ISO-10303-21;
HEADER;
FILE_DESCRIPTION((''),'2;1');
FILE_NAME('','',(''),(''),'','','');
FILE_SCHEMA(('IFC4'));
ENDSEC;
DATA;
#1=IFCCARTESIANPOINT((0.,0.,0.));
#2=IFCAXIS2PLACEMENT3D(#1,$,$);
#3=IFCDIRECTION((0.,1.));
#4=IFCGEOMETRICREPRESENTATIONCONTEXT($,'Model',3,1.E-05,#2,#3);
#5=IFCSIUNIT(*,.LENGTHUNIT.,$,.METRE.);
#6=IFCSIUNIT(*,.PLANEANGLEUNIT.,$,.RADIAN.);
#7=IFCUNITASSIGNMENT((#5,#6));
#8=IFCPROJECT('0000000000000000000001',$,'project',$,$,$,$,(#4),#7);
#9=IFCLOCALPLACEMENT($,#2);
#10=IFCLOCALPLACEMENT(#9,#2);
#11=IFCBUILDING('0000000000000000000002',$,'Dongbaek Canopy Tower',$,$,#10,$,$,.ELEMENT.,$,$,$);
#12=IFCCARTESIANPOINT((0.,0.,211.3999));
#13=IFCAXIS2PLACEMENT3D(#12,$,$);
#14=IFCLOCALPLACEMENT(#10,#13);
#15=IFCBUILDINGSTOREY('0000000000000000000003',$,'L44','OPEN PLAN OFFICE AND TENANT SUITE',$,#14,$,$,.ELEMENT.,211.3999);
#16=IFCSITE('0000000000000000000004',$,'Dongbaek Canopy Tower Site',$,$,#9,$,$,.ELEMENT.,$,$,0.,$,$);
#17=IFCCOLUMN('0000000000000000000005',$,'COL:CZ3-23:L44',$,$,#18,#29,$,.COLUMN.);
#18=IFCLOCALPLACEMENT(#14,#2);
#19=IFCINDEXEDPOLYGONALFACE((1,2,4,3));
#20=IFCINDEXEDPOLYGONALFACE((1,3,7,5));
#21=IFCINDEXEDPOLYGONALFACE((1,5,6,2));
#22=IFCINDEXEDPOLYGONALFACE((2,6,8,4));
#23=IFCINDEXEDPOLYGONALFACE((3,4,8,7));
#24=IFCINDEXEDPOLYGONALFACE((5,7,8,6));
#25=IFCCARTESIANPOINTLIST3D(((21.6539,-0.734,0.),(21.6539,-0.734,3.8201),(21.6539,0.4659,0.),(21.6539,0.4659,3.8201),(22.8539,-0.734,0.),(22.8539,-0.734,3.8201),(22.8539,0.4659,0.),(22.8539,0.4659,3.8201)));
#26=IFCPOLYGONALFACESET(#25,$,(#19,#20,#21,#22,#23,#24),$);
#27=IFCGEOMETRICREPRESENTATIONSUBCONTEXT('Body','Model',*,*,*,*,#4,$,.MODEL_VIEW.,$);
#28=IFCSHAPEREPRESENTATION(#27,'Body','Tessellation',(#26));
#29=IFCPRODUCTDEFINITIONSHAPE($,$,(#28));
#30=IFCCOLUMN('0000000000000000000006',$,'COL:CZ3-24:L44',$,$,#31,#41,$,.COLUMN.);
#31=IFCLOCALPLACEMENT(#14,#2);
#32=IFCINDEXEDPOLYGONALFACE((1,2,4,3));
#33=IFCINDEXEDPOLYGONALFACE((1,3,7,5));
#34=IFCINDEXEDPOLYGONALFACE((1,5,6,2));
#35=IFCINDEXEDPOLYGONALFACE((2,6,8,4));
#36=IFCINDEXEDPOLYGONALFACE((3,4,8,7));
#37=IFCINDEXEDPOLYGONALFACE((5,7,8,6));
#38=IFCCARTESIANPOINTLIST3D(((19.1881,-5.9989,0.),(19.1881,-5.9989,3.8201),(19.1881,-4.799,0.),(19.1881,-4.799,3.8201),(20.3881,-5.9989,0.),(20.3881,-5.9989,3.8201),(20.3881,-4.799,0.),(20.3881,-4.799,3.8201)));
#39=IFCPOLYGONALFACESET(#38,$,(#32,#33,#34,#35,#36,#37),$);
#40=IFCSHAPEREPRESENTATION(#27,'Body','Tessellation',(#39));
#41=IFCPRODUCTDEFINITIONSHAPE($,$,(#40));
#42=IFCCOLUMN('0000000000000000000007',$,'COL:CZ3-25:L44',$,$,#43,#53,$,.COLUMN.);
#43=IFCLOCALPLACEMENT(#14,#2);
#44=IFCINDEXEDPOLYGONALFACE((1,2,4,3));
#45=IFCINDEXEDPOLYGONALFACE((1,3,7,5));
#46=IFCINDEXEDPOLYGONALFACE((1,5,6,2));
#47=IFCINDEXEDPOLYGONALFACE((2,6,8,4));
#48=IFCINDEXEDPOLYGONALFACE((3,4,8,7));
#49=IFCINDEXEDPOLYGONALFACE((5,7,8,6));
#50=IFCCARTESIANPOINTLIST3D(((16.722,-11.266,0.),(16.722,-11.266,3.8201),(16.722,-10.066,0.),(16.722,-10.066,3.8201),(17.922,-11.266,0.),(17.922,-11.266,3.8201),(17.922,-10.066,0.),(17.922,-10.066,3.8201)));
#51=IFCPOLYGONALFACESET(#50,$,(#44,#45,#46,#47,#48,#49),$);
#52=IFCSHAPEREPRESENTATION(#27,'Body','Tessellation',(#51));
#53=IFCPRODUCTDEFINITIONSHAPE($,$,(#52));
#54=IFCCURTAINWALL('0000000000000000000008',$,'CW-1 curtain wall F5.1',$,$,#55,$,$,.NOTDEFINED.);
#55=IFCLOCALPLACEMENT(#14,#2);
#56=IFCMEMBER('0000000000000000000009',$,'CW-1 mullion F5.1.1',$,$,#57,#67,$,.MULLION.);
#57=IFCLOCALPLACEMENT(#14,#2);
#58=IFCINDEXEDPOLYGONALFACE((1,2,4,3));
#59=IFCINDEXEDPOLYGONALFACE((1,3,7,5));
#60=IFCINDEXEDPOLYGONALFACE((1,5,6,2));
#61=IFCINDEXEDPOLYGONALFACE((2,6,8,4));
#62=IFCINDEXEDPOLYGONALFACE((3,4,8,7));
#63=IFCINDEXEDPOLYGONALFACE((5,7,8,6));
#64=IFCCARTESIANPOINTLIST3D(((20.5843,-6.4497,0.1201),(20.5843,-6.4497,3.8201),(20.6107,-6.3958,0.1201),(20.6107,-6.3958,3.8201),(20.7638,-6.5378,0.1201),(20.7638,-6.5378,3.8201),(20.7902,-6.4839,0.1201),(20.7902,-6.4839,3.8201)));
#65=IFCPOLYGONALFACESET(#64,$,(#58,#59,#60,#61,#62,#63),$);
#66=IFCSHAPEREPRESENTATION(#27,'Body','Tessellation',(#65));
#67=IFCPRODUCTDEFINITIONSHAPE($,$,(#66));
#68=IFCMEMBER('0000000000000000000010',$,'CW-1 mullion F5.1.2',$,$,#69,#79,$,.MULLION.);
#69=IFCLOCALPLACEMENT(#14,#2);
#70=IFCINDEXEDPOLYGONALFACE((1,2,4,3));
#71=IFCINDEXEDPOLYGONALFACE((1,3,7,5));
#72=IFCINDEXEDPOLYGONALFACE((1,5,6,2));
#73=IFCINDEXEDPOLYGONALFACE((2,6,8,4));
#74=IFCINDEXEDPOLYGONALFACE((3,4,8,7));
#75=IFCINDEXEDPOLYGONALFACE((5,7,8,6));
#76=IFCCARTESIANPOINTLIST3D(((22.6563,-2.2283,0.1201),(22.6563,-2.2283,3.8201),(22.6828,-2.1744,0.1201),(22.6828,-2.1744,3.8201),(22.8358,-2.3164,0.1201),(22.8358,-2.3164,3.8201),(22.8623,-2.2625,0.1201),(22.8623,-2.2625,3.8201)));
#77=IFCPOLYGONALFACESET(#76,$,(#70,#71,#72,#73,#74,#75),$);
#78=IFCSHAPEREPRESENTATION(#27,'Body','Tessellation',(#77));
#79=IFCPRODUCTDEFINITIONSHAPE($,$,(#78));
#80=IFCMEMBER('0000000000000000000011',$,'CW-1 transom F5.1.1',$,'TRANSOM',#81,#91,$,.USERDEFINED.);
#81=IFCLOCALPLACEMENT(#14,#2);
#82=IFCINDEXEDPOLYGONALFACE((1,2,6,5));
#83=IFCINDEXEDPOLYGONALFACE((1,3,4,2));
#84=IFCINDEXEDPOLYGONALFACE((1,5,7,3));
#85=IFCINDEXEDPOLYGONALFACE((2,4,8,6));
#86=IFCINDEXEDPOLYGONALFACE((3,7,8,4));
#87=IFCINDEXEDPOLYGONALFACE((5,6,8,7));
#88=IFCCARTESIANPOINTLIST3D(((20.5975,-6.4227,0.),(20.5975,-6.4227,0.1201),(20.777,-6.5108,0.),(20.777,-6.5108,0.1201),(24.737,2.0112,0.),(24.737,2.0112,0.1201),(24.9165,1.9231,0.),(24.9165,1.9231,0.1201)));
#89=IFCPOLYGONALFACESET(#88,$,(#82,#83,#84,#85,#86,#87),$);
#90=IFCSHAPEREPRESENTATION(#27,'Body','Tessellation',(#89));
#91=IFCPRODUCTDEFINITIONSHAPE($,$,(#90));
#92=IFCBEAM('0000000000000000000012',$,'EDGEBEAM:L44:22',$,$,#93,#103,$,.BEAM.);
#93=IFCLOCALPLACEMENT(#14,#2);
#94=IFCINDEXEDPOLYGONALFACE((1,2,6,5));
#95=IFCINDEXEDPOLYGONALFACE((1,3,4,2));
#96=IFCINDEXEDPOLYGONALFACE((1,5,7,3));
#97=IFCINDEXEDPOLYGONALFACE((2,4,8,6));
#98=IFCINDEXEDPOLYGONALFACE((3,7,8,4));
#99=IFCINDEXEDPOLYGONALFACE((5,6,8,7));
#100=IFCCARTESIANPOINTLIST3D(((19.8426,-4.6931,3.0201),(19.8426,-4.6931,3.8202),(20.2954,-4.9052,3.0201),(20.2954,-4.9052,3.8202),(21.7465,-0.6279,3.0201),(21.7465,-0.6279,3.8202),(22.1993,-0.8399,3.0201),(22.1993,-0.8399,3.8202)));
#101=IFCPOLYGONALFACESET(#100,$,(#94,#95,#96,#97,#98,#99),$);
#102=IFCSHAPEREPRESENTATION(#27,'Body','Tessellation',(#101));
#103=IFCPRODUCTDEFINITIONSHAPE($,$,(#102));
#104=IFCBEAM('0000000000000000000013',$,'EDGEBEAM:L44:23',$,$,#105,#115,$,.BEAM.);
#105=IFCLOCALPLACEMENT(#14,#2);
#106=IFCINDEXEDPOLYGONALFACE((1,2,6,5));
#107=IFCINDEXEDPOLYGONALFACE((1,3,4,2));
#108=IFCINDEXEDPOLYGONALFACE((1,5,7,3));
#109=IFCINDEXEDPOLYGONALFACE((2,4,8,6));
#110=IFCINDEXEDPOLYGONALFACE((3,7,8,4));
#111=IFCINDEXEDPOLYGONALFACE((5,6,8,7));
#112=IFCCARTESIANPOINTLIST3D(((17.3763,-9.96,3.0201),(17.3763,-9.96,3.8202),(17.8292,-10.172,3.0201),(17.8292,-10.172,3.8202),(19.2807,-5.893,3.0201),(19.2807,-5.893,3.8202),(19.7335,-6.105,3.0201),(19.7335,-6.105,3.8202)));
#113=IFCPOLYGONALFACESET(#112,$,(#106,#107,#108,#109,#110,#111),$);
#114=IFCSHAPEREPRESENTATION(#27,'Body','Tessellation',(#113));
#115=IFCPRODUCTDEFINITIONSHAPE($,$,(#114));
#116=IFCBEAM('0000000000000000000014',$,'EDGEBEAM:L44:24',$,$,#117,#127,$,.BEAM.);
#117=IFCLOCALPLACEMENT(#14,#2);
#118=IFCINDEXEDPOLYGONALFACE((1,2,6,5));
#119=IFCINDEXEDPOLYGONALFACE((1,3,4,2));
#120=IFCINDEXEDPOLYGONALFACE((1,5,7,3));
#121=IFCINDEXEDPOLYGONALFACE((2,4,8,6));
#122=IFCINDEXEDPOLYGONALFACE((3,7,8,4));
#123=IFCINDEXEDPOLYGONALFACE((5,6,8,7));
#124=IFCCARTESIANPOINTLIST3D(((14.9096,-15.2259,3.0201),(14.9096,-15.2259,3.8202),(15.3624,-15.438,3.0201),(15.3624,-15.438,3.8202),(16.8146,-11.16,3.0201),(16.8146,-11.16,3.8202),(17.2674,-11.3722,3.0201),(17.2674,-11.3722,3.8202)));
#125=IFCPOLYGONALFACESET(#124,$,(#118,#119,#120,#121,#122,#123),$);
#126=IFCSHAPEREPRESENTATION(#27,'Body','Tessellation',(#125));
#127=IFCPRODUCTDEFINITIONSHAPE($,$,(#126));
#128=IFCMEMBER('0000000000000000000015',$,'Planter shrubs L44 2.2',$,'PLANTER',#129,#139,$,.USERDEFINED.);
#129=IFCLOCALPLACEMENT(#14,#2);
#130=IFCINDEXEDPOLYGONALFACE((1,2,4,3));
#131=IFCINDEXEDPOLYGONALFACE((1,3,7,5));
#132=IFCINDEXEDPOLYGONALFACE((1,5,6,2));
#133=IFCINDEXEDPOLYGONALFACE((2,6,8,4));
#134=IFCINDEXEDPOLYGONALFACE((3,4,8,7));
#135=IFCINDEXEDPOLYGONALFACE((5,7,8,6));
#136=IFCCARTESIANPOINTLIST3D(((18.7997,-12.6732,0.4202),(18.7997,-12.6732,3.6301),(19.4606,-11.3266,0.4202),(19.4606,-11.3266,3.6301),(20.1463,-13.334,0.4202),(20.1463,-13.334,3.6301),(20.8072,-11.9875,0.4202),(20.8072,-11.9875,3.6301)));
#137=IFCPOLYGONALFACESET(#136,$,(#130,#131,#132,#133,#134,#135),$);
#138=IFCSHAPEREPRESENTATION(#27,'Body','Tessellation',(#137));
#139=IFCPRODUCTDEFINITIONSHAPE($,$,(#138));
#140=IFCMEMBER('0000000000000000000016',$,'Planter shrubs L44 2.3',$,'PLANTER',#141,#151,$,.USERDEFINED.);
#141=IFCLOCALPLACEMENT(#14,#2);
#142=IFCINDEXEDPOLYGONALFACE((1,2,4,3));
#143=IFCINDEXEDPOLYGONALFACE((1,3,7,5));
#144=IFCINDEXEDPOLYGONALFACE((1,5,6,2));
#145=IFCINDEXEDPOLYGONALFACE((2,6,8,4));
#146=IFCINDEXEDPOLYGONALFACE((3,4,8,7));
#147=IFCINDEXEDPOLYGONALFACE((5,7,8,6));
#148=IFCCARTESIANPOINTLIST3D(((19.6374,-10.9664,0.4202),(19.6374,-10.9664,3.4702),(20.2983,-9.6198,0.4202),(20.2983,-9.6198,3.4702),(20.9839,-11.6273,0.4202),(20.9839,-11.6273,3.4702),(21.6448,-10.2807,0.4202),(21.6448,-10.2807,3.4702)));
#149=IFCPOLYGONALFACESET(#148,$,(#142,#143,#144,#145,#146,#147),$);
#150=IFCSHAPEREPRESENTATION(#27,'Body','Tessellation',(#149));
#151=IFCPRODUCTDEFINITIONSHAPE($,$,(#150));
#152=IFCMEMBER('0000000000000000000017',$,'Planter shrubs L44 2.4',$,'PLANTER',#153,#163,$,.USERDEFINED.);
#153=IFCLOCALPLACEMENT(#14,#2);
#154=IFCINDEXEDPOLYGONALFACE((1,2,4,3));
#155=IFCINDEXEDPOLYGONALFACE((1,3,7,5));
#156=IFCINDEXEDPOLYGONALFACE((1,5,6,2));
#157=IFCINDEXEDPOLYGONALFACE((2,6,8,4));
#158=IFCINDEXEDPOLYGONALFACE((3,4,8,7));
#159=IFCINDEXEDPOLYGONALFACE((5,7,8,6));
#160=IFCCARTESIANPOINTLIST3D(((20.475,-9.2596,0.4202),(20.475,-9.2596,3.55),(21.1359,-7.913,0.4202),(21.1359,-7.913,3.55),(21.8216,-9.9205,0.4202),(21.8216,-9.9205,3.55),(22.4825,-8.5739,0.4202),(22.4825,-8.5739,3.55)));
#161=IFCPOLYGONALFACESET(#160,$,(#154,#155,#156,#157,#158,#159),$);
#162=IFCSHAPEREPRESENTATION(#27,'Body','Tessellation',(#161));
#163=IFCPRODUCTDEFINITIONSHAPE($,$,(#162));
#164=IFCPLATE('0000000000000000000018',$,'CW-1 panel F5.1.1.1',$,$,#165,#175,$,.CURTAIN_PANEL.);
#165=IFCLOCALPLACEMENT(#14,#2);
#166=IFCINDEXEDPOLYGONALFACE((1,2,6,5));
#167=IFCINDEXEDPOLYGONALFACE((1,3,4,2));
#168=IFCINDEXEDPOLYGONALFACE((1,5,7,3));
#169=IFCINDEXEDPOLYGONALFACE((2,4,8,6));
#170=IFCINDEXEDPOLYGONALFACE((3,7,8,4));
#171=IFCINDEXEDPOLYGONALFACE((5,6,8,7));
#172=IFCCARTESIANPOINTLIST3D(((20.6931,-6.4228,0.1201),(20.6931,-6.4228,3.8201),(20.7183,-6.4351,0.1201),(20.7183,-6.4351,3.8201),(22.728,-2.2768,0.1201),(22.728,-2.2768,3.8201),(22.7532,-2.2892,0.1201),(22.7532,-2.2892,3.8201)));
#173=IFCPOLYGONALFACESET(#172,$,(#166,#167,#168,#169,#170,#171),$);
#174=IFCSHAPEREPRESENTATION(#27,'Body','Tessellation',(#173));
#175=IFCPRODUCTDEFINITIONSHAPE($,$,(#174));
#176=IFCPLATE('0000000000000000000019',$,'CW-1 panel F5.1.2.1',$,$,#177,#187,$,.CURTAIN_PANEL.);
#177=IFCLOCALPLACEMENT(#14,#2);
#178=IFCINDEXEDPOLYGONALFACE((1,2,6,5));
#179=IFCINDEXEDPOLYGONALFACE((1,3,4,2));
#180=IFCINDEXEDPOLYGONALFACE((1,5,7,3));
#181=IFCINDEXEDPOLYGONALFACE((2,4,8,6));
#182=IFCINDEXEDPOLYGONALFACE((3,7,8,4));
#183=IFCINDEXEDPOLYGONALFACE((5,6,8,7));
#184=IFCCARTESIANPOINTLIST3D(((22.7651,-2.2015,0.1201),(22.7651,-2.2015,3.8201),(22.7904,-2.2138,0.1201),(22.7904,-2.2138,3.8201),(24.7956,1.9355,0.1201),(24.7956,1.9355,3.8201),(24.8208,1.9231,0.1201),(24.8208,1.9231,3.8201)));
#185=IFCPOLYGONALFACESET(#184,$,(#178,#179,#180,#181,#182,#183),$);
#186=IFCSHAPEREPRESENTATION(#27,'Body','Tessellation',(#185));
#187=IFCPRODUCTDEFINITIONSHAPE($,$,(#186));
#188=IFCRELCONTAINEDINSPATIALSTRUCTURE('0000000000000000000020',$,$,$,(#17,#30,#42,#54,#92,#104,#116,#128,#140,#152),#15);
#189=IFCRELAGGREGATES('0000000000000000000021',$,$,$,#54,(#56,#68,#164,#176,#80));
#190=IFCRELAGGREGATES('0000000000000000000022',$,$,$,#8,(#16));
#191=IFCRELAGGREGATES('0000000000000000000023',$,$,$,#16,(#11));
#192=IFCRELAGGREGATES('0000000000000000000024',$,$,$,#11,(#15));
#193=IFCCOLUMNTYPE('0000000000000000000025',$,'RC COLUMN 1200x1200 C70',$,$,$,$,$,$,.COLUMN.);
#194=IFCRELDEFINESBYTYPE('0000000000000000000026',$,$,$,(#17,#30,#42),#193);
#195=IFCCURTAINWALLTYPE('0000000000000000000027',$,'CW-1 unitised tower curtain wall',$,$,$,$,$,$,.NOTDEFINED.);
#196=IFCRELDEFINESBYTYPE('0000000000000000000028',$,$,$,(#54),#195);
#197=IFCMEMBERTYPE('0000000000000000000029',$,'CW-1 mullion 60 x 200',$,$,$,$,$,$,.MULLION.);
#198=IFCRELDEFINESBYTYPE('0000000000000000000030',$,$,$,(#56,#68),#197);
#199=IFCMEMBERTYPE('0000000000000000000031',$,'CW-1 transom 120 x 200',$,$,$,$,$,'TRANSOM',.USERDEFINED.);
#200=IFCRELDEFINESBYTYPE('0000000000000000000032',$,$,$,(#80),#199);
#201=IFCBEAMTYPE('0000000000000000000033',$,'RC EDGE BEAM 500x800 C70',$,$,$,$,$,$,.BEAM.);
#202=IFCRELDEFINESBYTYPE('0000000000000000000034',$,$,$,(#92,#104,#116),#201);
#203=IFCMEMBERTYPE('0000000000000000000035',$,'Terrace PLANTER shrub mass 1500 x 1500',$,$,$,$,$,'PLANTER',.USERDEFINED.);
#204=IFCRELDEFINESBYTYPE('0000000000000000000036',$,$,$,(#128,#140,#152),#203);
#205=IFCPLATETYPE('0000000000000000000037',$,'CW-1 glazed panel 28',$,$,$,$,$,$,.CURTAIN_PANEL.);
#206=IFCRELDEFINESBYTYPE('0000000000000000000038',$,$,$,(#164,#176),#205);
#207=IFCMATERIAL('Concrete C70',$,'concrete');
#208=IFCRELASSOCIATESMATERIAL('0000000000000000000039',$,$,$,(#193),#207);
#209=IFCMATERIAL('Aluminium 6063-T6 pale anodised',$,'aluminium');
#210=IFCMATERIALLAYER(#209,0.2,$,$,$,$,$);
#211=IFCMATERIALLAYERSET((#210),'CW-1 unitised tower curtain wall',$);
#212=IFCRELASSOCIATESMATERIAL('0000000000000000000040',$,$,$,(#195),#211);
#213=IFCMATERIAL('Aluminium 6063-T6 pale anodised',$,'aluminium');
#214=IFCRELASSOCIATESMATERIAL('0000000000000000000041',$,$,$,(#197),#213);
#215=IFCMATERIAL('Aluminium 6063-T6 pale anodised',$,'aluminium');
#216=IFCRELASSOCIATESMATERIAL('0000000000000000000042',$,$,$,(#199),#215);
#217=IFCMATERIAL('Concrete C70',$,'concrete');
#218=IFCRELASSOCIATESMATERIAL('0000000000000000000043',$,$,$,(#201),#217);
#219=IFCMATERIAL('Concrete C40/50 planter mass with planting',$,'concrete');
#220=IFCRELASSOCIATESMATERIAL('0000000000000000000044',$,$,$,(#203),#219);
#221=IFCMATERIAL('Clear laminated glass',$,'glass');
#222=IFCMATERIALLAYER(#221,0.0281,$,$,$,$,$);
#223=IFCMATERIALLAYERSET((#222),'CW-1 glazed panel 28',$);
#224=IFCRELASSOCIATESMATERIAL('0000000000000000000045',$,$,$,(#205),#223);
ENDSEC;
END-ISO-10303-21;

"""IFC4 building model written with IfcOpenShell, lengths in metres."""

from ifc_helpers import new_model, si_unit, direction, frame, origin, origin_2d, place, context, subcontext, project, spatial, rectangle, extrude, material, layer, layer_set, material_profile, profile_set, type_object, element, aggregate, save


model = new_model("IFC4")

# Units and contexts
model_context = context("Model", 3, precision=1e-05, world=origin(), true_north=direction((0.0, 1.0)))
body_context = subcontext(model_context, "Body", "Model", "MODEL_VIEW")
ifc_project = project(units=[si_unit("LENGTHUNIT", "METRE"), si_unit("PLANEANGLEUNIT", "RADIAN")], contexts=[model_context])

# Site, building, storey
site_placement = place(None, origin())
site = spatial("IfcSite", under=ifc_project, at=site_placement, Name="Dongbaek Canopy Tower Site", CompositionType="ELEMENT", RefElevation=0.0)
building_placement = place(site_placement, origin())
building = spatial("IfcBuilding", under=site, at=building_placement, Name="Dongbaek Canopy Tower", CompositionType="ELEMENT")
storey_placement = place(building_placement, frame((0.0, 0.0, 211.3999)))
storey = spatial("IfcBuildingStorey", under=building, at=storey_placement, Name="L44", Description="OPEN PLAN OFFICE AND TENANT SUITE", CompositionType="ELEMENT", Elevation=211.3999)

# Columns
ifc_material_1 = material(Name="Concrete C70", Category="concrete")
ifc_material_profile_1 = material_profile(ifc_material_1, rectangle(XDim=1.2, YDim=1.2, at=origin_2d()), Name="RC COLUMN 1200x1200 C70")
ifc_profile_set_1 = profile_set([ifc_material_profile_1], Name="Concrete C70")
column_type = type_object("IfcColumnType", Name="RC COLUMN 1200x1200 C70", PredefinedType="COLUMN", material=ifc_profile_set_1)
for number, where, z_axis, x_axis, name in (
    (1, (22.2539, -0.134, 0.0), (0.0, 0.0, 1.0), (1.0, 0.0, 0.0), "COL:CZ3-23:L44"),
    (2, (19.7881, -5.3989, 0.0), (0.0, 0.0, 1.0), (1.0, 0.0, 0.0), "COL:CZ3-24:L44"),
    (3, (17.322, -10.666, 0.0), (0.0, 0.0, 1.0), (1.0, 0.0, 0.0), "COL:CZ3-25:L44"),
):
    element("IfcColumn", number, at=place(storey_placement, frame(where, z_axis=z_axis, x_axis=x_axis)), inside=storey, type_object=column_type, Name=name, PredefinedType="COLUMN", context=body_context, shape_type="SweptSolid", body=[
        extrude(rectangle(XDim=1.2, YDim=1.2, at=origin_2d()), origin(), (0.0, 0.0, 1.0), 3.8201),
    ])

# Curtain wall, members
ifc_material_2 = material(Name="Aluminium 6063-T6 pale anodised", Category="aluminium")
ifc_layer_1 = layer(ifc_material_2, 0.2)
ifc_layer_set_1 = layer_set([ifc_layer_1], Name="CW-1 unitised tower curtain wall")
curtain_wall_type = type_object("IfcCurtainWallType", Name="CW-1 unitised tower curtain wall", PredefinedType="NOTDEFINED", material=ifc_layer_set_1)
curtain_wall_placement = place(storey_placement, origin())
curtain_wall = element("IfcCurtainWall", 4, at=curtain_wall_placement, inside=storey, type_object=curtain_wall_type, Name="CW-1 curtain wall F5.1", PredefinedType="NOTDEFINED")
ifc_material_3 = material(Name="Aluminium 6063-T6 pale anodised", Category="aluminium")
ifc_material_profile_2 = material_profile(ifc_material_3, rectangle(XDim=0.2, YDim=0.0601, at=origin_2d()), Name="CW-1 mullion 60 x 200")
ifc_profile_set_2 = profile_set([ifc_material_profile_2], Name="Aluminium 6063-T6 pale anodised")
member_type_1 = type_object("IfcMemberType", Name="CW-1 mullion 60 x 200", PredefinedType="MULLION", material=ifc_profile_set_2)
member_1_placement = place(storey_placement, frame((20.6873, -6.4668, 0.1201), z_axis=(0.0, 0.0, 1.0), x_axis=(0.897706, -0.440595, 0.0)))
member_1 = element("IfcMember", 5, at=member_1_placement, type_object=member_type_1, Name="CW-1 mullion F5.1.1", PredefinedType="MULLION", context=body_context, shape_type="SweptSolid", body=[
    extrude(rectangle(XDim=0.2, YDim=0.0601, at=origin_2d()), origin(), (0.0, 0.0, 1.0), 3.7),
])
member_2_placement = place(storey_placement, frame((22.7593, -2.2454, 0.1201), z_axis=(0.0, 0.0, 1.0), x_axis=(0.897706, -0.440595, 0.0)))
member_2 = element("IfcMember", 6, at=member_2_placement, type_object=member_type_1, Name="CW-1 mullion F5.1.2", PredefinedType="MULLION", context=body_context, shape_type="SweptSolid", body=[
    extrude(rectangle(XDim=0.2, YDim=0.0601, at=origin_2d()), origin(), (0.0, 0.0, 1.0), 3.7),
])
ifc_material_4 = material(Name="Aluminium 6063-T6 pale anodised", Category="aluminium")
ifc_material_profile_3 = material_profile(ifc_material_4, rectangle(XDim=0.2, YDim=0.1201, at=origin_2d()), Name="CW-1 transom 120 x 200")
ifc_profile_set_3 = profile_set([ifc_material_profile_3], Name="Aluminium 6063-T6 pale anodised")
member_type_2 = type_object("IfcMemberType", Name="CW-1 transom 120 x 200", ElementType="TRANSOM", PredefinedType="USERDEFINED", material=ifc_profile_set_3)
member_3_placement = place(storey_placement, frame((20.6873, -6.4668, 0.0601), z_axis=(0.440601, 0.897703, 0.0), x_axis=(-0.897703, 0.440601, 0.0)))
member_3 = element("IfcMember", 7, at=member_3_placement, type_object=member_type_2, Name="CW-1 transom F5.1.1", ObjectType="TRANSOM", PredefinedType="USERDEFINED", context=body_context, shape_type="SweptSolid", body=[
    extrude(rectangle(XDim=0.2, YDim=0.1201, at=origin_2d()), origin(), (0.0, 0.0, 1.0), 9.395),
])

# Beams
ifc_material_5 = material(Name="Concrete C70", Category="concrete")
ifc_material_profile_4 = material_profile(ifc_material_5, rectangle(XDim=0.5, YDim=0.8, at=origin_2d()), Name="RC EDGE BEAM 500x800 C70")
ifc_profile_set_4 = profile_set([ifc_material_profile_4], Name="Concrete C70")
beam_type = type_object("IfcBeamType", Name="RC EDGE BEAM 500x800 C70", PredefinedType="BEAM", material=ifc_profile_set_4)
beam_1_placement = place(storey_placement, frame((21.9729, -0.7339, 3.4202), z_axis=(-0.424115, -0.905608, 0.0), x_axis=(0.905608, -0.424115, 0.0)))
element("IfcBeam", 8, at=beam_1_placement, inside=storey, type_object=beam_type, Name="EDGEBEAM:L44:22", PredefinedType="BEAM", context=body_context, shape_type="SweptSolid", body=[
    extrude(rectangle(XDim=0.5, YDim=0.8, at=origin_2d()), origin(), (0.0, 0.0, 1.0), 4.489),
])
beam_2_placement = place(storey_placement, frame((19.5071, -5.999, 3.4202), z_axis=(-0.424058, -0.905635, 0.0), x_axis=(0.905635, -0.424058, 0.0)))
element("IfcBeam", 9, at=beam_2_placement, inside=storey, type_object=beam_type, Name="EDGEBEAM:L44:23", PredefinedType="BEAM", context=body_context, shape_type="SweptSolid", body=[
    extrude(rectangle(XDim=0.5, YDim=0.8, at=origin_2d()), origin(), (0.0, 0.0, 1.0), 4.4907),
])
beam_3_placement = place(storey_placement, frame((17.041, -11.2661, 3.4202), z_axis=(-0.424275, -0.905533, 0.0), x_axis=(0.905533, -0.424275, 0.0)))
element("IfcBeam", 10, at=beam_3_placement, inside=storey, type_object=beam_type, Name="EDGEBEAM:L44:24", PredefinedType="BEAM", context=body_context, shape_type="SweptSolid", body=[
    extrude(rectangle(XDim=0.5, YDim=0.8, at=origin_2d()), origin(), (0.0, 0.0, 1.0), 4.49),
])

# Members
ifc_material_6 = material(Name="Concrete C40/50 planter mass with planting", Category="concrete")
ifc_material_profile_5 = material_profile(ifc_material_6, rectangle(XDim=1.5, YDim=1.5, at=origin_2d()), Name="Terrace PLANTER shrub mass 1500 x 1500")
ifc_profile_set_5 = profile_set([ifc_material_profile_5], Name="Concrete C40/50 planter mass with planting")
member_type_3 = type_object("IfcMemberType", Name="Terrace PLANTER shrub mass 1500 x 1500", ElementType="PLANTER", PredefinedType="USERDEFINED", material=ifc_profile_set_5)
member_4_placement = place(storey_placement, frame((19.8035, -12.3303, 0.4202), z_axis=(0.0, 0.0, 1.0), x_axis=(0.897706, -0.440595, 0.0)))
element("IfcMember", 11, at=member_4_placement, inside=storey, type_object=member_type_3, Name="Planter shrubs L44 2.2", ObjectType="PLANTER", PredefinedType="USERDEFINED", context=body_context, shape_type="SweptSolid", body=[
    extrude(rectangle(XDim=1.5, YDim=1.5, at=origin_2d()), origin(), (0.0, 0.0, 1.0), 3.21),
])
member_5_placement = place(storey_placement, frame((20.6411, -10.6235, 0.4202), z_axis=(0.0, 0.0, 1.0), x_axis=(0.897706, -0.440595, 0.0)))
element("IfcMember", 12, at=member_5_placement, inside=storey, type_object=member_type_3, Name="Planter shrubs L44 2.3", ObjectType="PLANTER", PredefinedType="USERDEFINED", context=body_context, shape_type="SweptSolid", body=[
    extrude(rectangle(XDim=1.5, YDim=1.5, at=origin_2d()), origin(), (0.0, 0.0, 1.0), 3.05),
])
member_6_placement = place(storey_placement, frame((21.4788, -8.9167, 0.4202), z_axis=(0.0, 0.0, 1.0), x_axis=(0.897706, -0.440595, 0.0)))
element("IfcMember", 13, at=member_6_placement, inside=storey, type_object=member_type_3, Name="Planter shrubs L44 2.4", ObjectType="PLANTER", PredefinedType="USERDEFINED", context=body_context, shape_type="SweptSolid", body=[
    extrude(rectangle(XDim=1.5, YDim=1.5, at=origin_2d()), origin(), (0.0, 0.0, 1.0), 3.1299),
])

# Plates
ifc_material_7 = material(Name="Clear laminated glass", Category="glass")
ifc_layer_2 = layer(ifc_material_7, 0.0281)
ifc_layer_set_2 = layer_set([ifc_layer_2], Name="CW-1 glazed panel 28")
plate_type = type_object("IfcPlateType", Name="CW-1 glazed panel 28", PredefinedType="CURTAIN_PANEL", material=ifc_layer_set_2)
plate_1_placement = place(storey_placement, frame((21.7231, -4.356, 0.1201), z_axis=(0.0, 0.0, 1.0), x_axis=(0.440595, 0.897706, 0.0)))
plate_1 = element("IfcPlate", 14, at=plate_1_placement, type_object=plate_type, Name="CW-1 panel F5.1.1.1", PredefinedType="CURTAIN_PANEL", context=body_context, shape_type="SweptSolid", body=[
    extrude(rectangle(XDim=4.6184, YDim=0.0281, at=origin_2d()), origin(), (0.0, 0.0, 1.0), 3.7),
])
plate_2_placement = place(storey_placement, frame((23.793, -0.1392, 0.1201), z_axis=(0.0, 0.0, 1.0), x_axis=(0.440595, 0.897706, 0.0)))
plate_2 = element("IfcPlate", 15, at=plate_2_placement, type_object=plate_type, Name="CW-1 panel F5.1.2.1", PredefinedType="CURTAIN_PANEL", context=body_context, shape_type="SweptSolid", body=[
    extrude(rectangle(XDim=4.6084, YDim=0.0281, at=origin_2d()), origin(), (0.0, 0.0, 1.0), 3.7),
])

aggregate(curtain_wall, [member_1, member_2, plate_1, plate_2, member_3])

save(model, "model.ifc")
